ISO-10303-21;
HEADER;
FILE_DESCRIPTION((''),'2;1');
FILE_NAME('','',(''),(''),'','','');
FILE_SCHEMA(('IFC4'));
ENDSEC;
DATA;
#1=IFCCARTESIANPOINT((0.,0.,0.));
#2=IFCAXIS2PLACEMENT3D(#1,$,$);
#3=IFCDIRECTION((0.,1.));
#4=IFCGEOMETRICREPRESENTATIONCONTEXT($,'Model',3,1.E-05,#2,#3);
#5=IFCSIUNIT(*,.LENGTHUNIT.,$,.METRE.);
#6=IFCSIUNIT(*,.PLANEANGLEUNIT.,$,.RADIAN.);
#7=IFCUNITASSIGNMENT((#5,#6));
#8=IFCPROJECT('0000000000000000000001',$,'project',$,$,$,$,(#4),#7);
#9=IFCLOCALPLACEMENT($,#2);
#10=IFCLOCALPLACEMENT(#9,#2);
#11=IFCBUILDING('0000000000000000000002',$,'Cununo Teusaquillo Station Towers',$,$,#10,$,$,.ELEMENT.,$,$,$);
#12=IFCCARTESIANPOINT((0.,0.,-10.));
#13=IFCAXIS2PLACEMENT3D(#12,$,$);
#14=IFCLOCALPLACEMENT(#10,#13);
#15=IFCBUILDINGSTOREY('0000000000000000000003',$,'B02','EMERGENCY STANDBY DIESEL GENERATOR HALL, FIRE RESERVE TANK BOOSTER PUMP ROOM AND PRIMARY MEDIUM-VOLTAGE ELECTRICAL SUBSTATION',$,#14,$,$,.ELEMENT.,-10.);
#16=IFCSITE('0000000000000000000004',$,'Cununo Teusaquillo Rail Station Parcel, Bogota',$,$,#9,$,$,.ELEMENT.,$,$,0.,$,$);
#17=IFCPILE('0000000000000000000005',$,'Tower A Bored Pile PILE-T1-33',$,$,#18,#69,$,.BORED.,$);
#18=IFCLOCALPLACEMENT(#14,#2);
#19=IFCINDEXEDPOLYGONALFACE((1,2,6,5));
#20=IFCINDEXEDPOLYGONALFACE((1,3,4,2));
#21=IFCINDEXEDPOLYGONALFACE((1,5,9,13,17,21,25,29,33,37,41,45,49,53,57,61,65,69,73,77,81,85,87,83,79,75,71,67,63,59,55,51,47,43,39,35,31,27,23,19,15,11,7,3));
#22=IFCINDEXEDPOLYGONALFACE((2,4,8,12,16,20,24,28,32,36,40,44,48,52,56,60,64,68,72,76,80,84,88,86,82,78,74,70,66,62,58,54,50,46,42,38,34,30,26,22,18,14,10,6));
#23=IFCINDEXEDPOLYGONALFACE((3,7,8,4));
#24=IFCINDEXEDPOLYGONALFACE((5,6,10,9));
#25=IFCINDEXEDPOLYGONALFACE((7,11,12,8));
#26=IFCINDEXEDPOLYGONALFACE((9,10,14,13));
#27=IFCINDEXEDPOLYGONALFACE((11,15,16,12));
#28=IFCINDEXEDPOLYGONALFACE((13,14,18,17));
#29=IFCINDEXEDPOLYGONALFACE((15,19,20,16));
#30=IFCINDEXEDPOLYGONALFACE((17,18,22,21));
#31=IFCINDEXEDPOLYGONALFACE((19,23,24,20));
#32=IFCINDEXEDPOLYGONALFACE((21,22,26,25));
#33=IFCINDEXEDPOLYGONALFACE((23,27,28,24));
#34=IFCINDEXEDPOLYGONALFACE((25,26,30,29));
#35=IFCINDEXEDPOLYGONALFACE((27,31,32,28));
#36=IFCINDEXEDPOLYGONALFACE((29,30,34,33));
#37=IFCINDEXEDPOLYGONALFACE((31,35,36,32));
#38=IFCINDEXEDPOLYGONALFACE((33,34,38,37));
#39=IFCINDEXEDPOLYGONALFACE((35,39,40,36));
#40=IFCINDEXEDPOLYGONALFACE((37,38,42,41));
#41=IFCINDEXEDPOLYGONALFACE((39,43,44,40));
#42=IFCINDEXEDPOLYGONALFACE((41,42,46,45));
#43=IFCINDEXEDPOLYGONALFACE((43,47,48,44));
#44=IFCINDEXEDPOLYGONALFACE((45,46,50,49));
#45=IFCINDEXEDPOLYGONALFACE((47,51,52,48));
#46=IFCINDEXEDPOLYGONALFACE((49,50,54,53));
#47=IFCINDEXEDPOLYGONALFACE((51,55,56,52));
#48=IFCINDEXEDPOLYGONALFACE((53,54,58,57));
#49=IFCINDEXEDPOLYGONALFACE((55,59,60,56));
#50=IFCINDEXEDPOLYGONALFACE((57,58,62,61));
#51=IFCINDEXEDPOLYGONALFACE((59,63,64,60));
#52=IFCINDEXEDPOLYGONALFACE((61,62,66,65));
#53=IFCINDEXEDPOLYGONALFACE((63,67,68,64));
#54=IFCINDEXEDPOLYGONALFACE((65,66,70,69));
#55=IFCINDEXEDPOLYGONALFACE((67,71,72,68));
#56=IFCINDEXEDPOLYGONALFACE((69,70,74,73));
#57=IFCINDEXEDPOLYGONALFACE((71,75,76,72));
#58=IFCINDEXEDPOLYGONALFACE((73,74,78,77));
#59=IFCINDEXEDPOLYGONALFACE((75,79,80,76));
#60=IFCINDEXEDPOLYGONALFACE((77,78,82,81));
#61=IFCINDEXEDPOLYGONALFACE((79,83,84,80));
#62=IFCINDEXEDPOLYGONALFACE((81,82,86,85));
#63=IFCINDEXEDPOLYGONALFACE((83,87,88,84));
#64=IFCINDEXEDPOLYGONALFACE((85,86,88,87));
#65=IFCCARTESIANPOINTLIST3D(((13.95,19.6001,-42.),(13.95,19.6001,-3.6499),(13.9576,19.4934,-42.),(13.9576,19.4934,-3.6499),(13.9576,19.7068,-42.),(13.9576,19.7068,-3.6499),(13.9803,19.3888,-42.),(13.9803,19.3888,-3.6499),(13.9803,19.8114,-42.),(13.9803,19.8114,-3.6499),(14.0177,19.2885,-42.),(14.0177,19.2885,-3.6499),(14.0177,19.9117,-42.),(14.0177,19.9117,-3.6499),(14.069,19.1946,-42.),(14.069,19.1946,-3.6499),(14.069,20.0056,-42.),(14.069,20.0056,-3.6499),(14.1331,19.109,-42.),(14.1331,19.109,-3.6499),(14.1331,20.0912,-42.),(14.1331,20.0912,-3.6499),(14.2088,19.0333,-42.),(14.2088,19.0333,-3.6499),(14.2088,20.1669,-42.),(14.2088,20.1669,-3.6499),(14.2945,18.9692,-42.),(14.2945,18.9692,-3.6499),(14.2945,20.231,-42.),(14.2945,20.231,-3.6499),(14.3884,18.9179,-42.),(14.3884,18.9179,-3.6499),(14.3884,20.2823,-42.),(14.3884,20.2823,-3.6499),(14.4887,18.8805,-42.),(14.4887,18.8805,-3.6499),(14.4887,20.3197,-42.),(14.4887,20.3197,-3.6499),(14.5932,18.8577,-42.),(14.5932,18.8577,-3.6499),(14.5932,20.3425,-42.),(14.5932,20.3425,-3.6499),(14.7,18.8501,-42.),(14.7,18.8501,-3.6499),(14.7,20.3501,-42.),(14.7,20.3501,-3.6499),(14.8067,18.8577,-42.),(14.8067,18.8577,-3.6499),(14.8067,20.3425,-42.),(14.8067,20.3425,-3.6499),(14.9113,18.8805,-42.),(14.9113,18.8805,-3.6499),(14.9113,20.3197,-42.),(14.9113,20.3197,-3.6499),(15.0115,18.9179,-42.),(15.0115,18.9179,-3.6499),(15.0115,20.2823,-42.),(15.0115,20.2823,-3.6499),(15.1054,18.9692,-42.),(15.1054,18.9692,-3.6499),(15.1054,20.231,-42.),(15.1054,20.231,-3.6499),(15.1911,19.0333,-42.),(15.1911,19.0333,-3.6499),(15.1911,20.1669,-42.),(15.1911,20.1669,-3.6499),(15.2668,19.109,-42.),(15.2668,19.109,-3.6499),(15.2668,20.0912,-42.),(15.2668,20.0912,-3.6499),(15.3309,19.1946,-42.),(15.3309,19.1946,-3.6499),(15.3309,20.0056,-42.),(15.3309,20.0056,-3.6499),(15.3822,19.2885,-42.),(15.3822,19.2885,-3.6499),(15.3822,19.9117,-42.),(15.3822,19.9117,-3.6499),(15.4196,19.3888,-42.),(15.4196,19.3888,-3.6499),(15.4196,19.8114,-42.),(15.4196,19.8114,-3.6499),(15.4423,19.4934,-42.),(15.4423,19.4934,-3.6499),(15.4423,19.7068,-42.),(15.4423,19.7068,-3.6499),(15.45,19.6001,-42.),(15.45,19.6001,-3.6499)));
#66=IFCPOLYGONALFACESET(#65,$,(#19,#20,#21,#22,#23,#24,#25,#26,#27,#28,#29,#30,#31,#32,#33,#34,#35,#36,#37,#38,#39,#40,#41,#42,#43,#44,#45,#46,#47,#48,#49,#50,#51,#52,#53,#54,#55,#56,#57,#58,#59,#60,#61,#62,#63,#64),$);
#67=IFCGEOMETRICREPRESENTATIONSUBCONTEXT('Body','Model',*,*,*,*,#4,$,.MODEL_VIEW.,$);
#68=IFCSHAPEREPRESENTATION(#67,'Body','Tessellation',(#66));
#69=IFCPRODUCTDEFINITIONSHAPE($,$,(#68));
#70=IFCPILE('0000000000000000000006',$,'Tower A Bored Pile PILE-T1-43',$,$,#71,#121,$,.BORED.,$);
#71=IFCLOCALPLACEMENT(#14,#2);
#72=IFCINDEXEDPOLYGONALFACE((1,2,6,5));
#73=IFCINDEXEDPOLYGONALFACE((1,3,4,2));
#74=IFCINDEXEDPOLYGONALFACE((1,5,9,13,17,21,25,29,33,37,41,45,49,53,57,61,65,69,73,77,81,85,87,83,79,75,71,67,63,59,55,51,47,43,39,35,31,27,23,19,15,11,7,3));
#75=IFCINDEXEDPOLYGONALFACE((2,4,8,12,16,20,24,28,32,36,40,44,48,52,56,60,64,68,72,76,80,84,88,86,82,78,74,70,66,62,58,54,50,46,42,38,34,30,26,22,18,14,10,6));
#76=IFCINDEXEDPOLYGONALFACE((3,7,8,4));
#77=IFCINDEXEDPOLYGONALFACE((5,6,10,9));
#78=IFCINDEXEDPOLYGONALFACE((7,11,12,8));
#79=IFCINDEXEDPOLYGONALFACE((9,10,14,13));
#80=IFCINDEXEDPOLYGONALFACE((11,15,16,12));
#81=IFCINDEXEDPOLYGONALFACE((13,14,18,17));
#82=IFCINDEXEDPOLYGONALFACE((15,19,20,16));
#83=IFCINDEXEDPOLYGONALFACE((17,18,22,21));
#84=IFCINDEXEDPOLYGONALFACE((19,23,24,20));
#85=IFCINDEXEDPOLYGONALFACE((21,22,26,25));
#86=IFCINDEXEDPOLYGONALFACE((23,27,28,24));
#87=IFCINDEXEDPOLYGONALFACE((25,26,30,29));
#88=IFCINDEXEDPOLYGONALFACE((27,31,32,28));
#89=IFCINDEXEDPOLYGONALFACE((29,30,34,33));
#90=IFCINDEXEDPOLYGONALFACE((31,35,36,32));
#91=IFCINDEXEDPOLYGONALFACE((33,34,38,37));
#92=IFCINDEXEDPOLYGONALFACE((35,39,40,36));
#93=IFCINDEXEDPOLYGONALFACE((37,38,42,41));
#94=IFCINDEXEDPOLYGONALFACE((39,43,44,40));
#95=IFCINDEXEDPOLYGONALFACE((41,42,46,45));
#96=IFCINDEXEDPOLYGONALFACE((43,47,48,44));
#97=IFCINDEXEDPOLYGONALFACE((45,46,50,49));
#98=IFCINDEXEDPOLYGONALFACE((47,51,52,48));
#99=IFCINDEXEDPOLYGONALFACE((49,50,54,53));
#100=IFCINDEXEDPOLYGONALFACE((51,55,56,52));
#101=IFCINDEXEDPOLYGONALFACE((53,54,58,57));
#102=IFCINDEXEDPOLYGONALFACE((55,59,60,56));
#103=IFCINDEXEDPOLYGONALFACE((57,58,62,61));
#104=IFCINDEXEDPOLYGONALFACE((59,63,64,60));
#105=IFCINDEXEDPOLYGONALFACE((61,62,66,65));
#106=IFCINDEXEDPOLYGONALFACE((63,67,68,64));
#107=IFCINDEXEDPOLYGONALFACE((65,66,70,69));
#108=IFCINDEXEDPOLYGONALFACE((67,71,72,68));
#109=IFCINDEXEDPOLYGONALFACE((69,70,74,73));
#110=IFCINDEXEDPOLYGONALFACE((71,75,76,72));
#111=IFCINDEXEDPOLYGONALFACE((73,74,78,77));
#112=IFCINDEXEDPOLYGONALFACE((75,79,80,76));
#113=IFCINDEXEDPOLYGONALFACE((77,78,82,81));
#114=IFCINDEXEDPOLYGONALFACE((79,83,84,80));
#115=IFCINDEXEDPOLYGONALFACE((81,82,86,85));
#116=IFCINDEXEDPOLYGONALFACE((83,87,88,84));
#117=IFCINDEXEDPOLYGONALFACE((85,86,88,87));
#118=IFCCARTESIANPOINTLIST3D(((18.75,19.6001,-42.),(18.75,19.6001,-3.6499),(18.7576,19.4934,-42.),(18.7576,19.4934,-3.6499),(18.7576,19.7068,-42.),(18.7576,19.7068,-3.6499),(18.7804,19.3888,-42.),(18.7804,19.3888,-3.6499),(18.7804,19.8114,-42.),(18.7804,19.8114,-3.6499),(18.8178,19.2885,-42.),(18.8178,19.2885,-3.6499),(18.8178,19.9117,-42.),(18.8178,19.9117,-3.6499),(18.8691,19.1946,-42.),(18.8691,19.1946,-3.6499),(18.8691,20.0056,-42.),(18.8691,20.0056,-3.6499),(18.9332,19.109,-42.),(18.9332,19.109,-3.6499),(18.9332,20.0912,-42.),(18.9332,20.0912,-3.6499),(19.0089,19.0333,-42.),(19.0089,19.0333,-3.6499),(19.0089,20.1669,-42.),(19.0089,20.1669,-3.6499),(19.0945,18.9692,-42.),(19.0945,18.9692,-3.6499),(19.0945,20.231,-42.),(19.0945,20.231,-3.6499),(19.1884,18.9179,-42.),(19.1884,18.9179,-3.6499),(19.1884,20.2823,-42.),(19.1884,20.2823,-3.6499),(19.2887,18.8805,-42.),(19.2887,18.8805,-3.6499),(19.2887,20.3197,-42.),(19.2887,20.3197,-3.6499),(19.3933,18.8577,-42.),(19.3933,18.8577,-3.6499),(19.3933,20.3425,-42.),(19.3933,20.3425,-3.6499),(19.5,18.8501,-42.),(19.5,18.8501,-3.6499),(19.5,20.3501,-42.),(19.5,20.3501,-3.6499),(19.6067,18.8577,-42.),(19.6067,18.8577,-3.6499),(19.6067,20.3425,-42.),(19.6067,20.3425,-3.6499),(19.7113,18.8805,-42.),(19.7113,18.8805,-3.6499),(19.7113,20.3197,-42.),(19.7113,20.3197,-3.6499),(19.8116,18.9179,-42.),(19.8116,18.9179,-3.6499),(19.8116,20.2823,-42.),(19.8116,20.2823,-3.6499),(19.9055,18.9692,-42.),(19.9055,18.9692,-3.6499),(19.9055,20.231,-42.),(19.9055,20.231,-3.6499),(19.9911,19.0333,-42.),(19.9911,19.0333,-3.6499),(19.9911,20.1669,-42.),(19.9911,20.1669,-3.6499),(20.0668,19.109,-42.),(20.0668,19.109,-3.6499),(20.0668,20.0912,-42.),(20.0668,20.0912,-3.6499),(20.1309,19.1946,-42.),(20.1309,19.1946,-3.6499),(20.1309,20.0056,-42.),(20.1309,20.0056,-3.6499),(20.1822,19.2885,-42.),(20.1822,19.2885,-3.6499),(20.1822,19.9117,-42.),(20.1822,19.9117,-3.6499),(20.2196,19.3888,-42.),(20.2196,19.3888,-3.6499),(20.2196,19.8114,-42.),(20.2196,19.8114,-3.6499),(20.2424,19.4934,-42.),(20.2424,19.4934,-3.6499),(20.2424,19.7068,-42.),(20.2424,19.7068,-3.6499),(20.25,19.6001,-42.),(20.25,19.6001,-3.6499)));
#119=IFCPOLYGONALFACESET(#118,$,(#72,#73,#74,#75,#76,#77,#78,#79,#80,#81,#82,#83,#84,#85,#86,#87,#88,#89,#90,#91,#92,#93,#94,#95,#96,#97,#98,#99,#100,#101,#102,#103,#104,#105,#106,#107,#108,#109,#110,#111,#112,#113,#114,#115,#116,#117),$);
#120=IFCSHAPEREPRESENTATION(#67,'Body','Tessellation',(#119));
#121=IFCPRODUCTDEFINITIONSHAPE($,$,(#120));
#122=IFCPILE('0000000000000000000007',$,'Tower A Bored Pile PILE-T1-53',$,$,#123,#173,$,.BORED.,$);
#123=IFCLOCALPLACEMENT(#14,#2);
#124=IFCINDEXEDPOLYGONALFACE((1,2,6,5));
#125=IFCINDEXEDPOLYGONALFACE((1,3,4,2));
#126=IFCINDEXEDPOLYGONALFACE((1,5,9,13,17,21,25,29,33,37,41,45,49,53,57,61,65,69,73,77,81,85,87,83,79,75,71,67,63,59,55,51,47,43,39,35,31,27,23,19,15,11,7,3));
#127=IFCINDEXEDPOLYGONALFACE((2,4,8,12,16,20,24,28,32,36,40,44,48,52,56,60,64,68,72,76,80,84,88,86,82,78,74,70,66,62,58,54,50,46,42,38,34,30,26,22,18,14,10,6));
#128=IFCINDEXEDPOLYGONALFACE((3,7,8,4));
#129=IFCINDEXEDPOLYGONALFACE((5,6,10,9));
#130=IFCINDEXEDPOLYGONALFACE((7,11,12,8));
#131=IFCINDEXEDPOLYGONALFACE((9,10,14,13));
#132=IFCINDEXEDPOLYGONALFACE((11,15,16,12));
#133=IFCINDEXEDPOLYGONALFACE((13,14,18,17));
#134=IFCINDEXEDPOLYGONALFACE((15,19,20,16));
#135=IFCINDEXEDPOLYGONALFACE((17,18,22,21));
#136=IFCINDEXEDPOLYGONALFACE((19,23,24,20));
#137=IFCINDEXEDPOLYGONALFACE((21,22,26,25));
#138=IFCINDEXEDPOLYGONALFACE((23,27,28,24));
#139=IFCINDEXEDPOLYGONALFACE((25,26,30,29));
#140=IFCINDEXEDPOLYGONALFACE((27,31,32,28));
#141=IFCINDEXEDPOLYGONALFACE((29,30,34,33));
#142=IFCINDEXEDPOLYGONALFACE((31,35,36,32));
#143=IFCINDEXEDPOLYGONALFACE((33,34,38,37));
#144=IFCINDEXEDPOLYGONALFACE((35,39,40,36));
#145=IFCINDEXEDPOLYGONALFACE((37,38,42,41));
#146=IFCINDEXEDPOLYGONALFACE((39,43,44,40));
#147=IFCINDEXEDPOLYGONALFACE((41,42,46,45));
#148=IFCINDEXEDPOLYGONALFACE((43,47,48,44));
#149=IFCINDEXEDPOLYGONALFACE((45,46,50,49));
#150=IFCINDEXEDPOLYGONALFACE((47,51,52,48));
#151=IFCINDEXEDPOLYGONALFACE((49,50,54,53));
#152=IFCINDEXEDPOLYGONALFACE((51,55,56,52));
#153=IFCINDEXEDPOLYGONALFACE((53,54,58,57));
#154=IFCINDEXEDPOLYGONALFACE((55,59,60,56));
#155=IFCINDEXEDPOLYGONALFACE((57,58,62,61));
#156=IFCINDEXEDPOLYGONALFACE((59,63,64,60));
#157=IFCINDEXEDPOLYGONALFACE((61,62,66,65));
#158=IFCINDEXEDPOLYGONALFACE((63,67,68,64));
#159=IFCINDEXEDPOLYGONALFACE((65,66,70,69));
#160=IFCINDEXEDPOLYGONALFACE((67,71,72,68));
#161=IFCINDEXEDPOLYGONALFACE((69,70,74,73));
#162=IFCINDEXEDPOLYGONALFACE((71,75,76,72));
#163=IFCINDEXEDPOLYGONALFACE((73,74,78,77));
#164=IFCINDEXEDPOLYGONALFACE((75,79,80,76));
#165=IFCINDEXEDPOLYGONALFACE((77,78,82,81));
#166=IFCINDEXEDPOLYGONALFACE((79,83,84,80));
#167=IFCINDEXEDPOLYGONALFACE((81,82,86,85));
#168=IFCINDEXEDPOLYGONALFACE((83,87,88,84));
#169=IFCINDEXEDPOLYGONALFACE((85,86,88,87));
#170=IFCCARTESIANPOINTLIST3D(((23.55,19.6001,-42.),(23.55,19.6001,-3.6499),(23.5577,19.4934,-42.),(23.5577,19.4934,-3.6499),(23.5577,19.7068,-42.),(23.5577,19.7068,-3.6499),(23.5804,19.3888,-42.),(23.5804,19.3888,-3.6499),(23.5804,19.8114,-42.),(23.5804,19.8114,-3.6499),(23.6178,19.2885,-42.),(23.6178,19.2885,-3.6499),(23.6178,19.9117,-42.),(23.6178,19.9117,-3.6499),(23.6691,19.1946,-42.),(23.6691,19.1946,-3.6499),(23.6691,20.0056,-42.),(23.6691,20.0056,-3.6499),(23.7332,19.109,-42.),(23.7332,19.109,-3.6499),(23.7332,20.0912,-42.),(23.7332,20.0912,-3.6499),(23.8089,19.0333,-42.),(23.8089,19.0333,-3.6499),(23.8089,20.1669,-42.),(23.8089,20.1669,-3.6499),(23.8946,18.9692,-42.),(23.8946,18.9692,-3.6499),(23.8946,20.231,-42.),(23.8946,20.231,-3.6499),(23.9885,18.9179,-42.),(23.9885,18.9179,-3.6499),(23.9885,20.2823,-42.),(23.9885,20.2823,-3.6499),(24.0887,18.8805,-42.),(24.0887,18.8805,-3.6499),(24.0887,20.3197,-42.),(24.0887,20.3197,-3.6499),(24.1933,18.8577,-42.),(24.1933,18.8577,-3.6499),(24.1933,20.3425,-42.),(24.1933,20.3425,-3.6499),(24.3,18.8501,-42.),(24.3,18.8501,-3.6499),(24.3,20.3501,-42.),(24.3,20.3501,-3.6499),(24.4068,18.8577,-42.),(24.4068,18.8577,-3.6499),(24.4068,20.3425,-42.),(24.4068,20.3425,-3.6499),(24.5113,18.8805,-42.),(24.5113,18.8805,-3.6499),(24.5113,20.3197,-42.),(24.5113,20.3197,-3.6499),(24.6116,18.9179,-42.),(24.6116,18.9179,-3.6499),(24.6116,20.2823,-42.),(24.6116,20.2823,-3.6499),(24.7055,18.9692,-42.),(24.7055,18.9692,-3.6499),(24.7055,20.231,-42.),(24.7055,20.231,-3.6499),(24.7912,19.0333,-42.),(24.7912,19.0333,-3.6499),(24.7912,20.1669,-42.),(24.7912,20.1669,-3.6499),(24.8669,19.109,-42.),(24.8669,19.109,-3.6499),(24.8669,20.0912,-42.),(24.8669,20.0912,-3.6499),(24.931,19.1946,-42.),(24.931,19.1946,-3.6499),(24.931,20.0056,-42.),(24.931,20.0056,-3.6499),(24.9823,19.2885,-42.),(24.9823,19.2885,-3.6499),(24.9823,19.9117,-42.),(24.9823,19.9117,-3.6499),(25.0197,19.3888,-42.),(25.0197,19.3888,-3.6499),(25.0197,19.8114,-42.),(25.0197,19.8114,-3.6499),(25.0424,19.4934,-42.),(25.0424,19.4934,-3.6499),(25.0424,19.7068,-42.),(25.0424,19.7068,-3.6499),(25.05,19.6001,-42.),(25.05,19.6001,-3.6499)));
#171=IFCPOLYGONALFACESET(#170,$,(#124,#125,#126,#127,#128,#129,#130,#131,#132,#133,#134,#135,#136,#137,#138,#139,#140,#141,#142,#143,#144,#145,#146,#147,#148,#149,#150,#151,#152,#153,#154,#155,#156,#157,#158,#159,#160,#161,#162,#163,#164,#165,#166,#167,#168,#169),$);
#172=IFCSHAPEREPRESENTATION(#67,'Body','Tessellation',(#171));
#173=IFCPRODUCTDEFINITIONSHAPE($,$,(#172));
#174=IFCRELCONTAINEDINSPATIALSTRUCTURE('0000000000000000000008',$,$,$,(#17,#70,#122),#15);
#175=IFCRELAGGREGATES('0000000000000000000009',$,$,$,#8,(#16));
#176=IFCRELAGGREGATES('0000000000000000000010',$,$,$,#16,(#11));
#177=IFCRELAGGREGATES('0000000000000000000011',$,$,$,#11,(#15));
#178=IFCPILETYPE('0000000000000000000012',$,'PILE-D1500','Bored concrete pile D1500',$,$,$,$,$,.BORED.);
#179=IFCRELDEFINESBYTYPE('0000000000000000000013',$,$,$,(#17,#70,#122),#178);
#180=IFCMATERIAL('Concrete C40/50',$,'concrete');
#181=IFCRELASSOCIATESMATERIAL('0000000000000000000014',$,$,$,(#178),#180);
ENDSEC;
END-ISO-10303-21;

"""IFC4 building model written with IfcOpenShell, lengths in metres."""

from ifc_helpers import new_model, si_unit, direction, frame, origin, origin_2d, place, context, subcontext, project, spatial, circle, extrude, material, material_profile, profile_set, type_object, element, save


model = new_model("IFC4")

# Units and contexts
model_context = context("Model", 3, precision=1e-05, world=origin(), true_north=direction((0.0, 1.0)))
body_context = subcontext(model_context, "Body", "Model", "MODEL_VIEW")
ifc_project = project(units=[si_unit("LENGTHUNIT", "METRE"), si_unit("PLANEANGLEUNIT", "RADIAN")], contexts=[model_context])

# Site, building, storey
site_placement = place(None, origin())
site = spatial("IfcSite", under=ifc_project, at=site_placement, Name="Cununo Teusaquillo Rail Station Parcel, Bogota", CompositionType="ELEMENT", RefElevation=0.0)
building_placement = place(site_placement, origin())
building = spatial("IfcBuilding", under=site, at=building_placement, Name="Cununo Teusaquillo Station Towers", CompositionType="ELEMENT")
storey_placement = place(building_placement, frame((0.0, 0.0, -10.0)))
storey = spatial("IfcBuildingStorey", under=building, at=storey_placement, Name="B02", Description="EMERGENCY STANDBY DIESEL GENERATOR HALL, FIRE RESERVE TANK BOOSTER PUMP ROOM AND PRIMARY MEDIUM-VOLTAGE ELECTRICAL SUBSTATION", CompositionType="ELEMENT", Elevation=-10.0)

# Piles
ifc_material_1 = material(Name="Concrete C40/50", Category="concrete")
ifc_material_profile_1 = material_profile(ifc_material_1, circle(Radius=0.75, at=origin_2d()), Name="PILE-BORED-1500")
ifc_profile_set_1 = profile_set([ifc_material_profile_1], Name="Concrete C40/50")
pile_type = type_object("IfcPileType", Name="PILE-D1500", Description="Bored concrete pile D1500", PredefinedType="BORED", material=ifc_profile_set_1)
for number, where, z_axis, x_axis, name in (
    (1, (14.7, 19.6001, -3.6499), (0.0, 0.0, -1.0), (1.0, 0.0, 0.0), "Tower A Bored Pile PILE-T1-33"),
    (2, (19.5, 19.6001, -3.6499), (0.0, 0.0, -1.0), (1.0, 0.0, 0.0), "Tower A Bored Pile PILE-T1-43"),
    (3, (24.3, 19.6001, -3.6499), (0.0, 0.0, -1.0), (1.0, 0.0, 0.0), "Tower A Bored Pile PILE-T1-53"),
):
    element("IfcPile", number, at=place(storey_placement, frame(where, z_axis=z_axis, x_axis=x_axis)), inside=storey, type_object=pile_type, Name=name, PredefinedType="BORED", context=body_context, shape_type="SweptSolid", body=[
        extrude(circle(Radius=0.75, at=origin_2d()), origin(), (0.0, 0.0, 1.0), 38.3501),
    ])

save(model, "model.ifc")
